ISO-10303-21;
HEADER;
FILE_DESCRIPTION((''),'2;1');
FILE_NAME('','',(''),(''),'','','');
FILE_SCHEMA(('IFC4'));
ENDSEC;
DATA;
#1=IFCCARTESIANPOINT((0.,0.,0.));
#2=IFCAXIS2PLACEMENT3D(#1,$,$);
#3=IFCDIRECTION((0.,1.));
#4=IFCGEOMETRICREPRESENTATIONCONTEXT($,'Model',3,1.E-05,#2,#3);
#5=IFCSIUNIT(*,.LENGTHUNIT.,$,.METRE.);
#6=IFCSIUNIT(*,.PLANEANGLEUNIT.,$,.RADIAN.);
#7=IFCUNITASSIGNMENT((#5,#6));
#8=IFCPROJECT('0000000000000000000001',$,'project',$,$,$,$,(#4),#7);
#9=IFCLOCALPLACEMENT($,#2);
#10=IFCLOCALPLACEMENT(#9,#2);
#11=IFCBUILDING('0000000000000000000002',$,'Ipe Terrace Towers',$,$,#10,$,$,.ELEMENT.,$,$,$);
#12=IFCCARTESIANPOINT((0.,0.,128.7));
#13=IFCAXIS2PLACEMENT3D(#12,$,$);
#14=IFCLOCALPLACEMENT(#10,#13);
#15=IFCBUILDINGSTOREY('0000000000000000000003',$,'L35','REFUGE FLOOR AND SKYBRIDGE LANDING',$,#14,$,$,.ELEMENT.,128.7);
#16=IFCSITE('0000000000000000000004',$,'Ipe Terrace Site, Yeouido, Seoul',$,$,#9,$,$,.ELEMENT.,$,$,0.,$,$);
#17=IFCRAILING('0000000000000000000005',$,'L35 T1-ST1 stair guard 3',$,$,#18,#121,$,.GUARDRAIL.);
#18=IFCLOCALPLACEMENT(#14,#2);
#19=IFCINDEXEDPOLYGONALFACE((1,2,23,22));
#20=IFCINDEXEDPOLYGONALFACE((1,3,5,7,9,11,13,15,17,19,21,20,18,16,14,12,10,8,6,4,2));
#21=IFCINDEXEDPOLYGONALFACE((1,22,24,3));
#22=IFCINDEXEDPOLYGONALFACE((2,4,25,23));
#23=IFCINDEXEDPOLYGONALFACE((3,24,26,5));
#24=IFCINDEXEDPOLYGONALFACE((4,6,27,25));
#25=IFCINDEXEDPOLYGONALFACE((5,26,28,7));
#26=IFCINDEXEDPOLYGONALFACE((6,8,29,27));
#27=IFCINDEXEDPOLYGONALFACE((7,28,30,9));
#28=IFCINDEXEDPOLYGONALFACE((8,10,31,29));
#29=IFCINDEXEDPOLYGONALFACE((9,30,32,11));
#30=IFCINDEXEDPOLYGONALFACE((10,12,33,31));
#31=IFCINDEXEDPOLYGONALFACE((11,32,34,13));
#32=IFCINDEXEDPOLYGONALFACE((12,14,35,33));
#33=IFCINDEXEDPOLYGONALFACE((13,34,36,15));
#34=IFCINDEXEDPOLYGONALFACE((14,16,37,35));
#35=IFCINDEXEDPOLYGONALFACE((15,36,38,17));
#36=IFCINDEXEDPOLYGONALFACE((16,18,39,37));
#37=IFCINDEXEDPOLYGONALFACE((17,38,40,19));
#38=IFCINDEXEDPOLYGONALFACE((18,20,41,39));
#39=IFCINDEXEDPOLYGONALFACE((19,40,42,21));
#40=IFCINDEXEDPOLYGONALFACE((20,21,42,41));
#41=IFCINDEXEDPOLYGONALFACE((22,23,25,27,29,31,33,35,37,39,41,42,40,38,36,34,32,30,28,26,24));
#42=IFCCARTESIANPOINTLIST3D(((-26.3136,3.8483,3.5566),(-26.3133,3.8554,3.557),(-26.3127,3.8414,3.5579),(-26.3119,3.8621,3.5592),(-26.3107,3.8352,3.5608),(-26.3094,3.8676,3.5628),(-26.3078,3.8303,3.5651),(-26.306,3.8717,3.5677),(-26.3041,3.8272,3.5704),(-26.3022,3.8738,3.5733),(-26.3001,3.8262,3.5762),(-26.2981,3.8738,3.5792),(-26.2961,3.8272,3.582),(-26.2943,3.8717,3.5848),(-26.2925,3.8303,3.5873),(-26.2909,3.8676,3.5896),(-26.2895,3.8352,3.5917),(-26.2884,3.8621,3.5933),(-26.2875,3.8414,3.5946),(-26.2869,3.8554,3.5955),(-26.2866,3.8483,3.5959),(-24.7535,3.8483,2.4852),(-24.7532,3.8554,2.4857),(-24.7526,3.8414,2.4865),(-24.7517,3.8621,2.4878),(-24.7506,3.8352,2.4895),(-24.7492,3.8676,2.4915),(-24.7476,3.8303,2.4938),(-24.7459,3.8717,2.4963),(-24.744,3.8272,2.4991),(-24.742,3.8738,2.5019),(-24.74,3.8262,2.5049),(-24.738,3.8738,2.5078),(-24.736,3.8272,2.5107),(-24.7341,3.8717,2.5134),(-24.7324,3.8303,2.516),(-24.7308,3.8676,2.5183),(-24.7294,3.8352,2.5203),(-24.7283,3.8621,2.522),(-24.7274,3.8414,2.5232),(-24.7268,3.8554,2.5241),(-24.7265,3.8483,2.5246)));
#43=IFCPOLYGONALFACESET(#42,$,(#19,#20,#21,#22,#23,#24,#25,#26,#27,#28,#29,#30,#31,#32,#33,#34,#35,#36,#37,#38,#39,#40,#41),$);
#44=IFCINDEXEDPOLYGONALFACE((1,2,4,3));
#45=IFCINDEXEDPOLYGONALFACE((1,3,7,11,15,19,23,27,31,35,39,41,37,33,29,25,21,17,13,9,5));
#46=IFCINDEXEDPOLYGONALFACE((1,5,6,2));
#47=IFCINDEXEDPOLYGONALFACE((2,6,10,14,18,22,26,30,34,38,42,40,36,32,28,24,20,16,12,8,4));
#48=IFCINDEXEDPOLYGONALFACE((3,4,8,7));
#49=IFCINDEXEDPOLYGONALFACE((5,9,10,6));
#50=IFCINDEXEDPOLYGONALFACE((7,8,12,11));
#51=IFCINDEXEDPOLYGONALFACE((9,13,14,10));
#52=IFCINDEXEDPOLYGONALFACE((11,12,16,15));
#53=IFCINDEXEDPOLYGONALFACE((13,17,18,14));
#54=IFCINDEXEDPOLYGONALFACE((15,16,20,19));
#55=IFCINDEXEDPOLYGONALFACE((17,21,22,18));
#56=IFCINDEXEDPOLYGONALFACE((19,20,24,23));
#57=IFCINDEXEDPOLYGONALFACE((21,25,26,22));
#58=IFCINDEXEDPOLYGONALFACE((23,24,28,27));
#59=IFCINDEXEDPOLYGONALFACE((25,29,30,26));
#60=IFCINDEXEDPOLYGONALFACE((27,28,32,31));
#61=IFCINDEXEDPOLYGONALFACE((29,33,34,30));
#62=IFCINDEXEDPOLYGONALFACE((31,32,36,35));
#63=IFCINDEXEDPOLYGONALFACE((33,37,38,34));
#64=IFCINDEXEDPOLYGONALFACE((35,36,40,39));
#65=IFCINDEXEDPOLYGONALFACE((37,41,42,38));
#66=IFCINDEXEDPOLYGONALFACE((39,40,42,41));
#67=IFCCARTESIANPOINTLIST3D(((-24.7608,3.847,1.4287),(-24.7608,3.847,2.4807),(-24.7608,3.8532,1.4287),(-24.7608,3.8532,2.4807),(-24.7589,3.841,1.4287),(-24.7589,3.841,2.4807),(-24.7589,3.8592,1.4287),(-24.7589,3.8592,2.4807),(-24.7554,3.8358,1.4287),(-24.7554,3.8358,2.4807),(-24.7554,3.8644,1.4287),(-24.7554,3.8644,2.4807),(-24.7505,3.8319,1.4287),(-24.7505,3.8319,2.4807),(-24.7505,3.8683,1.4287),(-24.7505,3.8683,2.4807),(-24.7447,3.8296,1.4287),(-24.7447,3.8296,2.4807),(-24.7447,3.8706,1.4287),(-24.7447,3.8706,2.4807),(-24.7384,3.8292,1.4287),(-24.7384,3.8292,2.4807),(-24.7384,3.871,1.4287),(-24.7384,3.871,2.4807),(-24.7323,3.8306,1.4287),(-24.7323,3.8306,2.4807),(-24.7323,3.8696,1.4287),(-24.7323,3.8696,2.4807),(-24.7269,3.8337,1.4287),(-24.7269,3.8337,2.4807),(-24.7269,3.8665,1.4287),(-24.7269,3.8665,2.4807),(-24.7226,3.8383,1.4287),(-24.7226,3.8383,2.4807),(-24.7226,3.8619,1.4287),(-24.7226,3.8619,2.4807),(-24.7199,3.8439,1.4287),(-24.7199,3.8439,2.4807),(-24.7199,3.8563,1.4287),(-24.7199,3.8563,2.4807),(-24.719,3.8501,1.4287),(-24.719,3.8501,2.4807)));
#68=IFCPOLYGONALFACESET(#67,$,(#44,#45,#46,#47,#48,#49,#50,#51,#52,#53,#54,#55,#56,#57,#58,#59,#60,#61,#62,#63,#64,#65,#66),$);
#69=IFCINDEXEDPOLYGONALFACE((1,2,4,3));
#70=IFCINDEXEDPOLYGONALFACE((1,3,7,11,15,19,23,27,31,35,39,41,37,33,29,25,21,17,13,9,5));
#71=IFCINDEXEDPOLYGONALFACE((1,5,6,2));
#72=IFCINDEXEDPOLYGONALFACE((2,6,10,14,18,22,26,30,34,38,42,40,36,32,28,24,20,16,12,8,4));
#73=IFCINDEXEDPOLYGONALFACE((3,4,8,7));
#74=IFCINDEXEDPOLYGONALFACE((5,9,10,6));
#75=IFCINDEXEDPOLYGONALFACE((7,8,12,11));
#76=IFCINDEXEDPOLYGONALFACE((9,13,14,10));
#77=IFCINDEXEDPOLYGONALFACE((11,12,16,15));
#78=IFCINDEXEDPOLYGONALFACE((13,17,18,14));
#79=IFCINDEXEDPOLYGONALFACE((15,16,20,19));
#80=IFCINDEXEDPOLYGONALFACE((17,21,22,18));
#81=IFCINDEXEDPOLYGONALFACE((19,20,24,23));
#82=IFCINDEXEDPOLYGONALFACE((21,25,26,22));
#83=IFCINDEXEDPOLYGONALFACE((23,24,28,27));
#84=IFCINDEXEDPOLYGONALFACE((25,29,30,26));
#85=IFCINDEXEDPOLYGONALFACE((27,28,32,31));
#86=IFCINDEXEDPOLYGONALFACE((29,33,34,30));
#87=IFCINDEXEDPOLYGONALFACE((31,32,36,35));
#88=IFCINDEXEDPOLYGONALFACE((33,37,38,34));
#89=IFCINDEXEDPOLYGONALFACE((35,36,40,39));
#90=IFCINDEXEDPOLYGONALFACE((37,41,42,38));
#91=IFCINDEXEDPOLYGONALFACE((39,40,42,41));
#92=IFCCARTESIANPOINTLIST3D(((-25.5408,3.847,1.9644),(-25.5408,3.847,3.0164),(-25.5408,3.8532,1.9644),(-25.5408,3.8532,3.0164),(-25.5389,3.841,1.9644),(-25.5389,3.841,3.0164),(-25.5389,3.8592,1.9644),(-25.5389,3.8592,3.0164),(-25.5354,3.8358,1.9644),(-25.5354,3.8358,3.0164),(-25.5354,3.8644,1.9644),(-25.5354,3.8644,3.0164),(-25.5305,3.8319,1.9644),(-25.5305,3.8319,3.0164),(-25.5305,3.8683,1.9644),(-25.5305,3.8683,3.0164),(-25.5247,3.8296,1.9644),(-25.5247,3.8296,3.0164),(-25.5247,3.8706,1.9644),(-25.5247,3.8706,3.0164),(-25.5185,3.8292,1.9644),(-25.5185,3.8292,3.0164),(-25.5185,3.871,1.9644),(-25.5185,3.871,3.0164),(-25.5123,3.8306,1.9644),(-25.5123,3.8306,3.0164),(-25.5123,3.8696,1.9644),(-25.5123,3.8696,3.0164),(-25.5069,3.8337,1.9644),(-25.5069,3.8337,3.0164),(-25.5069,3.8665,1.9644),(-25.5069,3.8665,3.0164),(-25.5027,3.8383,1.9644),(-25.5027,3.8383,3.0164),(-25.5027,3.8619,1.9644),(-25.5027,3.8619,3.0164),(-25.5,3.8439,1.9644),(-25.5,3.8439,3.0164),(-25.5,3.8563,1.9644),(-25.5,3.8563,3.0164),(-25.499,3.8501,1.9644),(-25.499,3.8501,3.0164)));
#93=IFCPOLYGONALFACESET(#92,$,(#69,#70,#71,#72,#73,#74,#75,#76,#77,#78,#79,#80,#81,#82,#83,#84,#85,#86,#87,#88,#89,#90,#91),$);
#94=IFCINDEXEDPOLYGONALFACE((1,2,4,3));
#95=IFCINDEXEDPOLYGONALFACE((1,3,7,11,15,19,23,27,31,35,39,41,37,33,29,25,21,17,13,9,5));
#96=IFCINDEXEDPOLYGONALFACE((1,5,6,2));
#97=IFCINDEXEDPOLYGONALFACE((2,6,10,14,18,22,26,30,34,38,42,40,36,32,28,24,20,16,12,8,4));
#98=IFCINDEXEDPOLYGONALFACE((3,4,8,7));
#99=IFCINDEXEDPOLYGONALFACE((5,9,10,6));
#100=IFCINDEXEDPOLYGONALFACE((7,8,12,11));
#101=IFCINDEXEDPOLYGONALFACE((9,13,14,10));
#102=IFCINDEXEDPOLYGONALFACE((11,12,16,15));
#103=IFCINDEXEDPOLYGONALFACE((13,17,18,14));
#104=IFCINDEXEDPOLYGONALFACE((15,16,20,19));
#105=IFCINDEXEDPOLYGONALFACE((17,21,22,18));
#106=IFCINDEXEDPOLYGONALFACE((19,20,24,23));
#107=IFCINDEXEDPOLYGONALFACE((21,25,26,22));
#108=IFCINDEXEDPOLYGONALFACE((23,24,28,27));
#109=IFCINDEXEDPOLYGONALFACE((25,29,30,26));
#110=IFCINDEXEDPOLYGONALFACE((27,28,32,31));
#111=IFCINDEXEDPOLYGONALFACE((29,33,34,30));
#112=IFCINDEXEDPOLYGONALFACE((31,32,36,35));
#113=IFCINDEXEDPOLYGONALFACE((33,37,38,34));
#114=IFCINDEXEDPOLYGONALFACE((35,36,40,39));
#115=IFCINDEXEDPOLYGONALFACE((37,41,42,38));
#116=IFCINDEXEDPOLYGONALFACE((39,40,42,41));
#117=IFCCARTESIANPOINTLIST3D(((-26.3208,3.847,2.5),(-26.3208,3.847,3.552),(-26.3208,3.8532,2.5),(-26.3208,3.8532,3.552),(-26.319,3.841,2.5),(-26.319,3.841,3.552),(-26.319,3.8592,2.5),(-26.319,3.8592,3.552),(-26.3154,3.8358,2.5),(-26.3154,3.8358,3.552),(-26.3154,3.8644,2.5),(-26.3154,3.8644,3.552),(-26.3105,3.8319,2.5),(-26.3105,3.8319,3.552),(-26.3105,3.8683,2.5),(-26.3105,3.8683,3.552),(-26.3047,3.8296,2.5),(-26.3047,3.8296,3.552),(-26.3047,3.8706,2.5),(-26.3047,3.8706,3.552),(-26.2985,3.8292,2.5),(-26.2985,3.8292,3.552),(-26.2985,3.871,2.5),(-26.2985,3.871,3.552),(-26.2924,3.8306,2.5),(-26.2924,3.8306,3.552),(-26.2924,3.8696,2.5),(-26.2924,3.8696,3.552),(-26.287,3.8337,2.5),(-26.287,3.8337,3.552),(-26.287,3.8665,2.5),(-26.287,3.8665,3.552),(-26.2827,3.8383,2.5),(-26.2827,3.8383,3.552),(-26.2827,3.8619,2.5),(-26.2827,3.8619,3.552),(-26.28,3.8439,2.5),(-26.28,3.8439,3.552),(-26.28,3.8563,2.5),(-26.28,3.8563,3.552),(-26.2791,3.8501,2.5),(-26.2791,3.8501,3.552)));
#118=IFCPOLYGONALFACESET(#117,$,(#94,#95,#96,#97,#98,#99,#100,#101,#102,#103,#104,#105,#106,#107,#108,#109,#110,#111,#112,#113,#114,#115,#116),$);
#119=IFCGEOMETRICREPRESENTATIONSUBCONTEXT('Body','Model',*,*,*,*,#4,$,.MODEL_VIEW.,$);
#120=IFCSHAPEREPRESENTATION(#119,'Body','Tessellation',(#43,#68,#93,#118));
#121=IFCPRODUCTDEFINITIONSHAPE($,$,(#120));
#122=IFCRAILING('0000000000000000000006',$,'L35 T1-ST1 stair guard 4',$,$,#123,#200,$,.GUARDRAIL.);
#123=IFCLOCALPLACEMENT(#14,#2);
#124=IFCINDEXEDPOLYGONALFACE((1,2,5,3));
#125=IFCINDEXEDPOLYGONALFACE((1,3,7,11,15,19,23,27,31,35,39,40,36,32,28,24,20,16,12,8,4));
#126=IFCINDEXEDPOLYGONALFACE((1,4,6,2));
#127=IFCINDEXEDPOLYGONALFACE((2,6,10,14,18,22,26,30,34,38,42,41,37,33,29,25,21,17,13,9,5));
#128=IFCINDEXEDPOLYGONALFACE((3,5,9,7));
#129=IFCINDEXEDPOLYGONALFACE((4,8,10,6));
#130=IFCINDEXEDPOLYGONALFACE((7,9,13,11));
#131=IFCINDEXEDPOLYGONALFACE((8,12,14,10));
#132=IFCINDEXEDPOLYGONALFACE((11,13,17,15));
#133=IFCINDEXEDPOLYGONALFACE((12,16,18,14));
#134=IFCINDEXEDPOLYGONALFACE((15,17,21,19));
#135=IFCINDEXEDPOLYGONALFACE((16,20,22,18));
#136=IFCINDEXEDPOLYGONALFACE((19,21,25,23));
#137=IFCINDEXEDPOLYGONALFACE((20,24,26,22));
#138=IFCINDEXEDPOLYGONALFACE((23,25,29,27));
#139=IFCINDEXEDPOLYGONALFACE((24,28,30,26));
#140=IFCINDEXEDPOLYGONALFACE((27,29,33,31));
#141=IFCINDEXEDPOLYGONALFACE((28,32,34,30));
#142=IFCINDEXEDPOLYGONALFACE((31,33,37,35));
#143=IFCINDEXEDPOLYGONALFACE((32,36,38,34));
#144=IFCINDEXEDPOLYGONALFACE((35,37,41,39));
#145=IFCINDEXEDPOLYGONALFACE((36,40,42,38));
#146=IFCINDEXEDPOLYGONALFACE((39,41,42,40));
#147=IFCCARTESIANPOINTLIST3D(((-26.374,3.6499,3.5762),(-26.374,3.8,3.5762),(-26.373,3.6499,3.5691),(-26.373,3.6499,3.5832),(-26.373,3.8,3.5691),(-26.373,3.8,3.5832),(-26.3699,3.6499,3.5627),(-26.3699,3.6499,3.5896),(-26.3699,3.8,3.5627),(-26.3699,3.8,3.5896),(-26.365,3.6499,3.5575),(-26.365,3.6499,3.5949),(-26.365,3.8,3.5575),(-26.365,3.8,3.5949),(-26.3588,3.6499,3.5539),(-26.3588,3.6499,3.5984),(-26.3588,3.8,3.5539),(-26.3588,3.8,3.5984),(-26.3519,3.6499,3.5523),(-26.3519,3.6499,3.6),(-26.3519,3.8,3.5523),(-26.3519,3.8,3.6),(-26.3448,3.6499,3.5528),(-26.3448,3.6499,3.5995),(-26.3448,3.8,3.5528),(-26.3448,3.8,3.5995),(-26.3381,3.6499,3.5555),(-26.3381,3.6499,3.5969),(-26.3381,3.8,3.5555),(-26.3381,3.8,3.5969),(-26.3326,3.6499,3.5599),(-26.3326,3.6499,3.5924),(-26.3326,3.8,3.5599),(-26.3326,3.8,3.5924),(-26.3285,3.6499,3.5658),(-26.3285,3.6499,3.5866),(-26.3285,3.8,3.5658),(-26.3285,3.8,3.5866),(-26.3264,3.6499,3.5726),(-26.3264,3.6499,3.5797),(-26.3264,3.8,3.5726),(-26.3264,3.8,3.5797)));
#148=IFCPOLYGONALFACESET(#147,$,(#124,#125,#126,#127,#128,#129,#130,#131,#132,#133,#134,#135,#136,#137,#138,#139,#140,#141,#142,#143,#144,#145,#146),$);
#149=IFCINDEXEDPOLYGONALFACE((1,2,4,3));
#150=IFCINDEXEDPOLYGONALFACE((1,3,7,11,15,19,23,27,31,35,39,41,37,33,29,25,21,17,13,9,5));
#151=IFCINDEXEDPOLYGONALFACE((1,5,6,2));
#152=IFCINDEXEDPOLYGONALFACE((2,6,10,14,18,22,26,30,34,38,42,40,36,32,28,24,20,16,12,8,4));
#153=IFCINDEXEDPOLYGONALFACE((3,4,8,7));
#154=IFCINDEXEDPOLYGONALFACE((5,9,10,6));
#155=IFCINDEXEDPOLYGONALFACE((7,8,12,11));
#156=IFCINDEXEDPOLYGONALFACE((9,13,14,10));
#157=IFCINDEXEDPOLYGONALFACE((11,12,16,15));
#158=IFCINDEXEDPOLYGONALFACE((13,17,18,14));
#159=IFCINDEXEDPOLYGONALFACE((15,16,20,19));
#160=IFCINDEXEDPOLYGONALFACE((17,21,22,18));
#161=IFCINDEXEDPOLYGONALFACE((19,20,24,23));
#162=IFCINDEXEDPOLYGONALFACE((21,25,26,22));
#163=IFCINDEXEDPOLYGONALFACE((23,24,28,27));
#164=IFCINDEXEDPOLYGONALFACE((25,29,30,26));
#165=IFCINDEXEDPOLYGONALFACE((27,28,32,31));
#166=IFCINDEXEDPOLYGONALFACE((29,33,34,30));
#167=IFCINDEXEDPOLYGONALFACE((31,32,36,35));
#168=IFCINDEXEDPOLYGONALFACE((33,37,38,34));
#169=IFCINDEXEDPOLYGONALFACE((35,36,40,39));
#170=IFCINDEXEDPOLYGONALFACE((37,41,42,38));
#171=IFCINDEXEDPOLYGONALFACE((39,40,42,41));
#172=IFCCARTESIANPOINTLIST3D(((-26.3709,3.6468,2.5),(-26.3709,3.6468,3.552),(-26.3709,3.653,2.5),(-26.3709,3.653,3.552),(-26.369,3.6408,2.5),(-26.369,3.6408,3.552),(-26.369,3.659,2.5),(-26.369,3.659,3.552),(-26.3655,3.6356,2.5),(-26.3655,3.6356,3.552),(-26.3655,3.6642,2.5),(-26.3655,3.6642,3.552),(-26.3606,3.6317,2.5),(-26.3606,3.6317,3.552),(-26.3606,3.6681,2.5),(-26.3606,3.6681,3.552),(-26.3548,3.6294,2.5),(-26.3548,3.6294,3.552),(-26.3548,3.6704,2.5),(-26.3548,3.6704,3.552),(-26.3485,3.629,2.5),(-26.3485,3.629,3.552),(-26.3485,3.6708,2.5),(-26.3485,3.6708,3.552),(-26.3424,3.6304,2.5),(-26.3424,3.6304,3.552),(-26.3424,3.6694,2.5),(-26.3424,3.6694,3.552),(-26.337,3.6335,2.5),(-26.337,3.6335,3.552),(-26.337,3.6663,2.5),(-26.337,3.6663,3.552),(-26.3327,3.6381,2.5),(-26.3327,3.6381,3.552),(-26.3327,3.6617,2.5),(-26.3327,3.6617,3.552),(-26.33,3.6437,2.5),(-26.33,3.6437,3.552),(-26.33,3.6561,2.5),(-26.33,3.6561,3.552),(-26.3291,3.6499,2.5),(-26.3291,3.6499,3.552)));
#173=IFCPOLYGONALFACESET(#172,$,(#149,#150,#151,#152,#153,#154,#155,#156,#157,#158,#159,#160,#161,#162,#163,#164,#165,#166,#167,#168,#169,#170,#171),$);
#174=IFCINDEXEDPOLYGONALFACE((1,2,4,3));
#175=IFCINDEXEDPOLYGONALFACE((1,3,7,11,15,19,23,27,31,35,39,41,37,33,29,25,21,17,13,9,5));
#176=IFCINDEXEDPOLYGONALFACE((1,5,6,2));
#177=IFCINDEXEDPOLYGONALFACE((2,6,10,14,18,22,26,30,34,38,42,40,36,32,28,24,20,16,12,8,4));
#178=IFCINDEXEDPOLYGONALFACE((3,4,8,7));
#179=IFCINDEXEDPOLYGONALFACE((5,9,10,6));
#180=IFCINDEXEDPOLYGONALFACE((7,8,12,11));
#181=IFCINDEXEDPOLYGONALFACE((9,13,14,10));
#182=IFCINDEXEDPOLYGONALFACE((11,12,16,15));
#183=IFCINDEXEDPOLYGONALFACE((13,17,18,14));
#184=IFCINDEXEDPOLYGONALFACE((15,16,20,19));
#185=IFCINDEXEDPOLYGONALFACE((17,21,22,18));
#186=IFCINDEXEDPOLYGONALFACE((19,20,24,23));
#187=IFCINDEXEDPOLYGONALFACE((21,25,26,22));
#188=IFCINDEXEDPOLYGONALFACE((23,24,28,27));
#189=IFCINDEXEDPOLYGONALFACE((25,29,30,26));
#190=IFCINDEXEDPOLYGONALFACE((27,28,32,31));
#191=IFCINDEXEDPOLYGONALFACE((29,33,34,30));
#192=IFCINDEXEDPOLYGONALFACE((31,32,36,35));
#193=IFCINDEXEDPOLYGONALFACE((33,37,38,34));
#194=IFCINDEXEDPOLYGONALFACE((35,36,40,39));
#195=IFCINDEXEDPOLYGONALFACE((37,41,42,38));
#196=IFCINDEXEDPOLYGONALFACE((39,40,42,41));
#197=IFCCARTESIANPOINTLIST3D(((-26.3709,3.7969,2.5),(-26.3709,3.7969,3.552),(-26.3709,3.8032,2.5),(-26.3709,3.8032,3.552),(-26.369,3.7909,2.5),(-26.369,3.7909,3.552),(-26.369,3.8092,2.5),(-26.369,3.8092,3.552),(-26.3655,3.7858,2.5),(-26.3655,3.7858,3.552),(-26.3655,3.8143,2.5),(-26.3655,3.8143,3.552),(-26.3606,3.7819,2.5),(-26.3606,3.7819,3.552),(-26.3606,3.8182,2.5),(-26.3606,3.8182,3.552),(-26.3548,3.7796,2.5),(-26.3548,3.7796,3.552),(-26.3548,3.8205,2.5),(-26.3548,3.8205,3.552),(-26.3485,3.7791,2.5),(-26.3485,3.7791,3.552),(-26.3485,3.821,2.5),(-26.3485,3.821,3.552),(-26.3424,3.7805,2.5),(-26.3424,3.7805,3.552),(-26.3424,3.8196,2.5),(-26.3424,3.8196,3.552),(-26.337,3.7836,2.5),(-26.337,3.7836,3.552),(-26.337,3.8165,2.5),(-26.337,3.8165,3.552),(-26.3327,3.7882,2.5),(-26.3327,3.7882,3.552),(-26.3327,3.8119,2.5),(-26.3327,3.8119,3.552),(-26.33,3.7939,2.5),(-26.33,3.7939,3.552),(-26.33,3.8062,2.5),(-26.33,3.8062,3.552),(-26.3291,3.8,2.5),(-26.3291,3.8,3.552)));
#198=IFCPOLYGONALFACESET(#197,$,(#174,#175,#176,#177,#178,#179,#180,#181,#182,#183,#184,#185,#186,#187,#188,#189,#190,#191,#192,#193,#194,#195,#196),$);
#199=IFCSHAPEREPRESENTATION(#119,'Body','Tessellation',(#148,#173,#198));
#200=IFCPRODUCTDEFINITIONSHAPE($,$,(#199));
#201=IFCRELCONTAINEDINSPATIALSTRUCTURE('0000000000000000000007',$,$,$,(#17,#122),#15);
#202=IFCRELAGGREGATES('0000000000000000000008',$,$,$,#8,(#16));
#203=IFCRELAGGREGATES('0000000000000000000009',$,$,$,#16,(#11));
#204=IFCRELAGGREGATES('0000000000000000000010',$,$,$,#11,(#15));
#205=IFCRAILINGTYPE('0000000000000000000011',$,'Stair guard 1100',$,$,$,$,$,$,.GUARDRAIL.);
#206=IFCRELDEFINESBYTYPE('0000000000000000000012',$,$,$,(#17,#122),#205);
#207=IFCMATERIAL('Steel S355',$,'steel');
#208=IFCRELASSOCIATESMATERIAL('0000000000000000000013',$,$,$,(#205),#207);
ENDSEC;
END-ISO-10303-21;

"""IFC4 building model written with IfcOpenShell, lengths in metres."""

from ifc_helpers import new_model, si_unit, direction, frame, origin, origin_2d, place, context, subcontext, project, spatial, circle, extrude, material, type_object, element, save


model = new_model("IFC4")

# Units and contexts
model_context = context("Model", 3, precision=1e-05, world=origin(), true_north=direction((0.0, 1.0)))
body_context = subcontext(model_context, "Body", "Model", "MODEL_VIEW")
ifc_project = project(units=[si_unit("LENGTHUNIT", "METRE"), si_unit("PLANEANGLEUNIT", "RADIAN")], contexts=[model_context])

# Site, building, storey
site_placement = place(None, origin())
site = spatial("IfcSite", under=ifc_project, at=site_placement, Name="Ipe Terrace Site, Yeouido, Seoul", CompositionType="ELEMENT", RefElevation=0.0)
building_placement = place(site_placement, origin())
building = spatial("IfcBuilding", under=site, at=building_placement, Name="Ipe Terrace Towers", CompositionType="ELEMENT")
storey_placement = place(building_placement, frame((0.0, 0.0, 128.7)))
storey = spatial("IfcBuildingStorey", under=building, at=storey_placement, Name="L35", Description="REFUGE FLOOR AND SKYBRIDGE LANDING", CompositionType="ELEMENT", Elevation=128.7)

# Railings
ifc_material_1 = material(Name="Steel S355", Category="steel")
railing_type_1 = type_object("IfcRailingType", Name="Stair guard 1100", PredefinedType="GUARDRAIL", material=ifc_material_1)
railing_1_placement = place(storey_placement, frame((-24.74, 3.8501, 1.4287)))
element("IfcRailing", 1, at=railing_1_placement, inside=storey, type_object=railing_type_1, Name="L35 T1-ST1 stair guard 3", PredefinedType="GUARDRAIL", context=body_context, shape_type="SweptSolid", body=[
    extrude(circle(Radius=0.0239, at=origin_2d()), frame((0.0, 0.0, 1.0762), z_axis=(-0.82435, 0.0, 0.56608), x_axis=(0.0, -1.0, 0.0)), (0.0, 0.0, 1.0), 1.8926),
    extrude(circle(Radius=0.021, at=origin_2d()), origin(), (0.0, 0.0, 1.0), 1.052),
    extrude(circle(Radius=0.021, at=origin_2d()), frame((-0.78, 0.0, 0.5356)), (0.0, 0.0, 1.0), 1.052),
    extrude(circle(Radius=0.021, at=origin_2d()), frame((-1.5601, 0.0, 1.0713)), (0.0, 0.0, 1.0), 1.052),
])
railing_2_placement = place(storey_placement, frame((-26.3501, 3.6499, 2.5)))
element("IfcRailing", 2, at=railing_2_placement, inside=storey, type_object=railing_type_1, Name="L35 T1-ST1 stair guard 4", PredefinedType="GUARDRAIL", context=body_context, shape_type="SweptSolid", body=[
    extrude(circle(Radius=0.0239, at=origin_2d()), frame((0.0, 0.0, 1.0762), z_axis=(0.0, 1.0, 0.0), x_axis=(-1.0, 0.0, 0.0)), (0.0, 0.0, 1.0), 0.1501),
    extrude(circle(Radius=0.021, at=origin_2d()), origin(), (0.0, 0.0, 1.0), 1.052),
    extrude(circle(Radius=0.021, at=origin_2d()), frame((0.0, 0.1501, 0.0)), (0.0, 0.0, 1.0), 1.052),
])

save(model, "model.ifc")
